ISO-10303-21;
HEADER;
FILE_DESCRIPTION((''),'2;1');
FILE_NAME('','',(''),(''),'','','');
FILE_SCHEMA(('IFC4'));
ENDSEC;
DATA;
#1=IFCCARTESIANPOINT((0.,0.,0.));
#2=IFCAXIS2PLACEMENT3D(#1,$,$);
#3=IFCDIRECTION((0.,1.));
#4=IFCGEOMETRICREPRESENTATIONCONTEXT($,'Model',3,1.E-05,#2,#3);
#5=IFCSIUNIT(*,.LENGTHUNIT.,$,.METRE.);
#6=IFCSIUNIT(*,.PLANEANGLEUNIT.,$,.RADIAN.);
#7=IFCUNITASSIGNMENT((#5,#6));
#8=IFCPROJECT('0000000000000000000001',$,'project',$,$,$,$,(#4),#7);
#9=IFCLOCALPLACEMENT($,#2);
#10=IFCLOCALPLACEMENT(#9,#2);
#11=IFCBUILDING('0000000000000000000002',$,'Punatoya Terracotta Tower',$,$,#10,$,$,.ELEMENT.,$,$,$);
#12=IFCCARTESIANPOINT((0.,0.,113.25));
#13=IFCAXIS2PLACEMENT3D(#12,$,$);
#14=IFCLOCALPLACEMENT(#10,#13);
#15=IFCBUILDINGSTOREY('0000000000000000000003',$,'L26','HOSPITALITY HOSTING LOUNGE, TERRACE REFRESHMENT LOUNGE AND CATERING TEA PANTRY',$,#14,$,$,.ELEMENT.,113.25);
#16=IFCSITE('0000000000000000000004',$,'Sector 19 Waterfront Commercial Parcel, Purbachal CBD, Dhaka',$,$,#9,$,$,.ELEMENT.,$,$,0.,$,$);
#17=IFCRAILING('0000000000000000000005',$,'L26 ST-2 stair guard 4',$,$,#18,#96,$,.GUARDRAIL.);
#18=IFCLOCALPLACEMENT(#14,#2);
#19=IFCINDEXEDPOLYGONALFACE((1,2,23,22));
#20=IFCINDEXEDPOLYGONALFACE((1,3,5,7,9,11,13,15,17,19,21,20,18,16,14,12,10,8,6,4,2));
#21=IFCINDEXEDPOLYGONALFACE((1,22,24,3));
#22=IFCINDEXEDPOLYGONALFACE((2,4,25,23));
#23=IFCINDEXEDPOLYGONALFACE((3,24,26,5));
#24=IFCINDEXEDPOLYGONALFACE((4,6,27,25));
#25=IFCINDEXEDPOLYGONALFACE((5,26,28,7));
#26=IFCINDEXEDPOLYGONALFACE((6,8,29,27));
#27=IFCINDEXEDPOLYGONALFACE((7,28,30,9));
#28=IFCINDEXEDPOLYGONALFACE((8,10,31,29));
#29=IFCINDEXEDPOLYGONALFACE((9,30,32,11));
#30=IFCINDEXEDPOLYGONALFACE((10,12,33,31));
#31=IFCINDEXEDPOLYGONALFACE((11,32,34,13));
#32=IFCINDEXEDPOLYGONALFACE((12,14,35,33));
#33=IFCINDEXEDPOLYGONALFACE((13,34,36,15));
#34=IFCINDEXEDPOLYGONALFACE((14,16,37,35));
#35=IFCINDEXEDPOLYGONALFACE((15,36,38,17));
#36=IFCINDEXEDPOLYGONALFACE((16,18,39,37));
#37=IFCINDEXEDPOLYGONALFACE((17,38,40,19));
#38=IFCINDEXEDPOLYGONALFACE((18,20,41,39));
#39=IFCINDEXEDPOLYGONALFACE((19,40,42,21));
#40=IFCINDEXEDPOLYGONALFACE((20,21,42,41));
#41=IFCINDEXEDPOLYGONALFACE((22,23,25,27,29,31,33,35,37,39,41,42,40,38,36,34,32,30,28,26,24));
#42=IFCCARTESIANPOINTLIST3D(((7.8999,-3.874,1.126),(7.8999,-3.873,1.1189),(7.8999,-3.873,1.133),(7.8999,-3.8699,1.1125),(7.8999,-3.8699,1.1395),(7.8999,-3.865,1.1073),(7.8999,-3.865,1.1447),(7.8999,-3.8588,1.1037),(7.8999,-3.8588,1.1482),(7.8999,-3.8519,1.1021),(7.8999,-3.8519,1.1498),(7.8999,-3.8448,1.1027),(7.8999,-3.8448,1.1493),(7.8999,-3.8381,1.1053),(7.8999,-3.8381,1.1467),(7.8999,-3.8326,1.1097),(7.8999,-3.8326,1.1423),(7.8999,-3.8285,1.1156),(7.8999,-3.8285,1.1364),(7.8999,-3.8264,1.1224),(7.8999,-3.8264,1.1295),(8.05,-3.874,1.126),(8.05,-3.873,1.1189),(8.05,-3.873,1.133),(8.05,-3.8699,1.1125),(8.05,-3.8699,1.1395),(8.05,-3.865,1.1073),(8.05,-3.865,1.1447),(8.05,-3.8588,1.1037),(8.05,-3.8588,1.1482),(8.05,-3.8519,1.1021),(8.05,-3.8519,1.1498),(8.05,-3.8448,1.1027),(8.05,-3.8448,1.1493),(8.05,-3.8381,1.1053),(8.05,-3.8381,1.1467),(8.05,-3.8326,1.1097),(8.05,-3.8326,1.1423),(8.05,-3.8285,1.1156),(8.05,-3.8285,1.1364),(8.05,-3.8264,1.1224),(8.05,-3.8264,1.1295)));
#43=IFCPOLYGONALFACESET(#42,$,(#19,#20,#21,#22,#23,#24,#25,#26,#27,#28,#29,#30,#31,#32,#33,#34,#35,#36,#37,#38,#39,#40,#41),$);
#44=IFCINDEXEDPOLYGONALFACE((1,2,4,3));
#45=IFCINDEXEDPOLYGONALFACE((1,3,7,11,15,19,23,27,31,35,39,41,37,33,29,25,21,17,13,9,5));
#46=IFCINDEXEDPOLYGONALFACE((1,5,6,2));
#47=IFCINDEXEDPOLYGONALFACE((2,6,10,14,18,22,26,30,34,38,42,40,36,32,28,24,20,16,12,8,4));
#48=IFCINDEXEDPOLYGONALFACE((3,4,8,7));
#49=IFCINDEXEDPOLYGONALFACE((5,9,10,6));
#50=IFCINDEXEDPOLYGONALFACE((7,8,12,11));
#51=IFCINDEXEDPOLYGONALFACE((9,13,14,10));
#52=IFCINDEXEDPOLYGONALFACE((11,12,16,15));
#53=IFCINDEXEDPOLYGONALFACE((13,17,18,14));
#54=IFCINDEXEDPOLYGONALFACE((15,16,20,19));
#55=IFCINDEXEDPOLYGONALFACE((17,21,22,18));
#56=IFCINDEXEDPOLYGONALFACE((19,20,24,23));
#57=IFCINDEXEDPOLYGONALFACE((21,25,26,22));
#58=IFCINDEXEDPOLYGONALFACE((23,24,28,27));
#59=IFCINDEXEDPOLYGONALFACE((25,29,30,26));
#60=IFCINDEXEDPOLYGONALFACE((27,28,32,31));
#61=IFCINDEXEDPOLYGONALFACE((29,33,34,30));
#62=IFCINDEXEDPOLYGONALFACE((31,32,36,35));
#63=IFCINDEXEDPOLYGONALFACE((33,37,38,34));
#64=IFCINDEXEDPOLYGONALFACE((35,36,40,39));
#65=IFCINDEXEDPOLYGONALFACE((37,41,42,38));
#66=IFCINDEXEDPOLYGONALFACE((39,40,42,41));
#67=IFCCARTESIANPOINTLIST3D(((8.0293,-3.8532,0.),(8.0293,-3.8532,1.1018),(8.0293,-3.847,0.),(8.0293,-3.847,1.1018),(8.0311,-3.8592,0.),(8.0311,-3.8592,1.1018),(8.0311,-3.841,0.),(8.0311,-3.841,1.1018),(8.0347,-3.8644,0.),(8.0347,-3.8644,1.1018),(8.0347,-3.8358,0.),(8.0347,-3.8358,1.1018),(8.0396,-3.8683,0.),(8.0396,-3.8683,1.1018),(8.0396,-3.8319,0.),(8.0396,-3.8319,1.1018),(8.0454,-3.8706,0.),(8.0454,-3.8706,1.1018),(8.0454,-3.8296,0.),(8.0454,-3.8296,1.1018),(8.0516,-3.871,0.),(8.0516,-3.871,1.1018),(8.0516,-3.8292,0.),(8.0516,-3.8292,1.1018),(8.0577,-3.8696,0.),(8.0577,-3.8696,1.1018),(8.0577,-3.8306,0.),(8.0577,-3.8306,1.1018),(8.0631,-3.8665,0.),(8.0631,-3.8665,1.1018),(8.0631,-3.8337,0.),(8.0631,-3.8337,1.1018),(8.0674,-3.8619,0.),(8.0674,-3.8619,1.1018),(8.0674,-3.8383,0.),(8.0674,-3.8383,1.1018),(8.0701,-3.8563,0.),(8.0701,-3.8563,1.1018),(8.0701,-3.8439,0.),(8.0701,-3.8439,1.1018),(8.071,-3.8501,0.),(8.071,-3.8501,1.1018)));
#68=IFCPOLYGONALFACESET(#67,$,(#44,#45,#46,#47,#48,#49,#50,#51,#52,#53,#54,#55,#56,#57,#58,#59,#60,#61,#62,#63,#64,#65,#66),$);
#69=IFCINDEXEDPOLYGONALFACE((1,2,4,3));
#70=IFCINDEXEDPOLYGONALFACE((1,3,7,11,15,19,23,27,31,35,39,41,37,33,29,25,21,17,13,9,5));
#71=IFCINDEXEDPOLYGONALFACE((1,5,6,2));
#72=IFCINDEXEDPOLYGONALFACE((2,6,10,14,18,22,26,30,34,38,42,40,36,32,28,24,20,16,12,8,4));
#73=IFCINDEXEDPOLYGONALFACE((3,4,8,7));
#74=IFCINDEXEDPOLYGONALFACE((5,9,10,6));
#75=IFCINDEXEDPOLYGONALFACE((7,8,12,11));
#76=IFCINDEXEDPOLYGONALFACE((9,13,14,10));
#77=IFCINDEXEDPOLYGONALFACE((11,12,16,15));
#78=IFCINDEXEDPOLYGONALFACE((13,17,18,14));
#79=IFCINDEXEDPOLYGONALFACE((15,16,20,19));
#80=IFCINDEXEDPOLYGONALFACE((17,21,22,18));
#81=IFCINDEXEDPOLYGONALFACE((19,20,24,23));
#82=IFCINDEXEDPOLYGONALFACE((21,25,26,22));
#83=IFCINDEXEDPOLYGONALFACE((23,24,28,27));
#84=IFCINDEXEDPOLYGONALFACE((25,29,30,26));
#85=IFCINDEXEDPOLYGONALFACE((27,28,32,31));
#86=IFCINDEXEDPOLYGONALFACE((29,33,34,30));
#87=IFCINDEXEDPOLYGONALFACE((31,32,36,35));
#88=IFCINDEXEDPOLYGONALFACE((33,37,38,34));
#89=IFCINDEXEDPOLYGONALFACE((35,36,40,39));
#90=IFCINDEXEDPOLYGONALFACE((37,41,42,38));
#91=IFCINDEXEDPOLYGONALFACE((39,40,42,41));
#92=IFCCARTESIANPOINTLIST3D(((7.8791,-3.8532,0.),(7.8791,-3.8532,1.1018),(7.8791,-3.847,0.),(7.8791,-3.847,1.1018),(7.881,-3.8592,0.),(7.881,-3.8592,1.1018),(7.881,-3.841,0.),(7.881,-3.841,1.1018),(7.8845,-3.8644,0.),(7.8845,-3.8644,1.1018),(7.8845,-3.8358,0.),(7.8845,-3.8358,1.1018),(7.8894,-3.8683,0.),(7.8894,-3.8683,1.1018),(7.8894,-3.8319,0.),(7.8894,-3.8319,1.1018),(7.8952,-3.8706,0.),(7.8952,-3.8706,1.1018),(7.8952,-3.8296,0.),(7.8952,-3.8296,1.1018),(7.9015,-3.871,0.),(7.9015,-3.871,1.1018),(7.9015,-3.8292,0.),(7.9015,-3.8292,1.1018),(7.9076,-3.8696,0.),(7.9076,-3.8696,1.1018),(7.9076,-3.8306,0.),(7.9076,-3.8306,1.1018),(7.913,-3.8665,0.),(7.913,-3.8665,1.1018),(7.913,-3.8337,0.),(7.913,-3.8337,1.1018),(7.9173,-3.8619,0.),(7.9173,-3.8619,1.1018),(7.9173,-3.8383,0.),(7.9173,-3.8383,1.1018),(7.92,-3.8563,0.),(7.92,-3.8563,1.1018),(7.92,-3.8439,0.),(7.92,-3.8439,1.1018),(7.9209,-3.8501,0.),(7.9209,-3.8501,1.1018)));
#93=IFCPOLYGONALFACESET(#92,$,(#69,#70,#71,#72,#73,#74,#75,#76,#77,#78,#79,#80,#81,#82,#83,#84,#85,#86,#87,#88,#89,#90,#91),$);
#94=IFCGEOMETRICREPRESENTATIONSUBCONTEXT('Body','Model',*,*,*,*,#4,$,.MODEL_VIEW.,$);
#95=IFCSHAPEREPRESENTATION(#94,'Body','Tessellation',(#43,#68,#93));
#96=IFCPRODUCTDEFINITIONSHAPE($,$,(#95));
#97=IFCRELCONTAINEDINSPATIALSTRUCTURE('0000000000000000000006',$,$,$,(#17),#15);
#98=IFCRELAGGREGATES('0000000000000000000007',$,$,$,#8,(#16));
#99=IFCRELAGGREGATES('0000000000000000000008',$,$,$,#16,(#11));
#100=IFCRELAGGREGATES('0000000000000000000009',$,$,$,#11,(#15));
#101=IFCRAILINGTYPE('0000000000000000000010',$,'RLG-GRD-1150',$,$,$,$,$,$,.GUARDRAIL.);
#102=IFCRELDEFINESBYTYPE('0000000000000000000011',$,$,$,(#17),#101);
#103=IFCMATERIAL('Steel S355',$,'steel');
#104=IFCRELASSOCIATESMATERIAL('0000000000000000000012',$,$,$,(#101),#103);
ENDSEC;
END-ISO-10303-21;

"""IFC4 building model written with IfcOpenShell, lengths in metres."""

from ifc_helpers import new_model, si_unit, direction, frame, origin, origin_2d, place, context, subcontext, project, spatial, circle, extrude, material, type_object, element, save


model = new_model("IFC4")

# Units and contexts
model_context = context("Model", 3, precision=1e-05, world=origin(), true_north=direction((0.0, 1.0)))
body_context = subcontext(model_context, "Body", "Model", "MODEL_VIEW")
ifc_project = project(units=[si_unit("LENGTHUNIT", "METRE"), si_unit("PLANEANGLEUNIT", "RADIAN")], contexts=[model_context])

# Site, building, storey
site_placement = place(None, origin())
site = spatial("IfcSite", under=ifc_project, at=site_placement, Name="Sector 19 Waterfront Commercial Parcel, Purbachal CBD, Dhaka", CompositionType="ELEMENT", RefElevation=0.0)
building_placement = place(site_placement, origin())
building = spatial("IfcBuilding", under=site, at=building_placement, Name="Punatoya Terracotta Tower", CompositionType="ELEMENT")
storey_placement = place(building_placement, frame((0.0, 0.0, 113.25)))
storey = spatial("IfcBuildingStorey", under=building, at=storey_placement, Name="L26", Description="HOSPITALITY HOSTING LOUNGE, TERRACE REFRESHMENT LOUNGE AND CATERING TEA PANTRY", CompositionType="ELEMENT", Elevation=113.25)

# Shared definitions
ifc_material_1 = material(Name="Steel S355", Category="steel")

# Railing
railing_type_1 = type_object("IfcRailingType", Name="RLG-GRD-1150", PredefinedType="GUARDRAIL", material=ifc_material_1)
railing_1_placement = place(storey_placement, frame((8.05, -3.8501, 0.0)))
element("IfcRailing", 1, at=railing_1_placement, inside=storey, type_object=railing_type_1, Name="L26 ST-2 stair guard 4", PredefinedType="GUARDRAIL", context=body_context, shape_type="SweptSolid", body=[
    extrude(circle(Radius=0.0239, at=origin_2d()), frame((0.0, 0.0, 1.126), z_axis=(-1.0, 0.0, 0.0), x_axis=(0.0, -1.0, 0.0)), (0.0, 0.0, 1.0), 0.1501),
    extrude(circle(Radius=0.021, at=origin_2d()), origin(), (0.0, 0.0, 1.0), 1.1018),
    extrude(circle(Radius=0.021, at=origin_2d()), frame((-0.1501, 0.0, 0.0)), (0.0, 0.0, 1.0), 1.1018),
])

save(model, "model.ifc")
